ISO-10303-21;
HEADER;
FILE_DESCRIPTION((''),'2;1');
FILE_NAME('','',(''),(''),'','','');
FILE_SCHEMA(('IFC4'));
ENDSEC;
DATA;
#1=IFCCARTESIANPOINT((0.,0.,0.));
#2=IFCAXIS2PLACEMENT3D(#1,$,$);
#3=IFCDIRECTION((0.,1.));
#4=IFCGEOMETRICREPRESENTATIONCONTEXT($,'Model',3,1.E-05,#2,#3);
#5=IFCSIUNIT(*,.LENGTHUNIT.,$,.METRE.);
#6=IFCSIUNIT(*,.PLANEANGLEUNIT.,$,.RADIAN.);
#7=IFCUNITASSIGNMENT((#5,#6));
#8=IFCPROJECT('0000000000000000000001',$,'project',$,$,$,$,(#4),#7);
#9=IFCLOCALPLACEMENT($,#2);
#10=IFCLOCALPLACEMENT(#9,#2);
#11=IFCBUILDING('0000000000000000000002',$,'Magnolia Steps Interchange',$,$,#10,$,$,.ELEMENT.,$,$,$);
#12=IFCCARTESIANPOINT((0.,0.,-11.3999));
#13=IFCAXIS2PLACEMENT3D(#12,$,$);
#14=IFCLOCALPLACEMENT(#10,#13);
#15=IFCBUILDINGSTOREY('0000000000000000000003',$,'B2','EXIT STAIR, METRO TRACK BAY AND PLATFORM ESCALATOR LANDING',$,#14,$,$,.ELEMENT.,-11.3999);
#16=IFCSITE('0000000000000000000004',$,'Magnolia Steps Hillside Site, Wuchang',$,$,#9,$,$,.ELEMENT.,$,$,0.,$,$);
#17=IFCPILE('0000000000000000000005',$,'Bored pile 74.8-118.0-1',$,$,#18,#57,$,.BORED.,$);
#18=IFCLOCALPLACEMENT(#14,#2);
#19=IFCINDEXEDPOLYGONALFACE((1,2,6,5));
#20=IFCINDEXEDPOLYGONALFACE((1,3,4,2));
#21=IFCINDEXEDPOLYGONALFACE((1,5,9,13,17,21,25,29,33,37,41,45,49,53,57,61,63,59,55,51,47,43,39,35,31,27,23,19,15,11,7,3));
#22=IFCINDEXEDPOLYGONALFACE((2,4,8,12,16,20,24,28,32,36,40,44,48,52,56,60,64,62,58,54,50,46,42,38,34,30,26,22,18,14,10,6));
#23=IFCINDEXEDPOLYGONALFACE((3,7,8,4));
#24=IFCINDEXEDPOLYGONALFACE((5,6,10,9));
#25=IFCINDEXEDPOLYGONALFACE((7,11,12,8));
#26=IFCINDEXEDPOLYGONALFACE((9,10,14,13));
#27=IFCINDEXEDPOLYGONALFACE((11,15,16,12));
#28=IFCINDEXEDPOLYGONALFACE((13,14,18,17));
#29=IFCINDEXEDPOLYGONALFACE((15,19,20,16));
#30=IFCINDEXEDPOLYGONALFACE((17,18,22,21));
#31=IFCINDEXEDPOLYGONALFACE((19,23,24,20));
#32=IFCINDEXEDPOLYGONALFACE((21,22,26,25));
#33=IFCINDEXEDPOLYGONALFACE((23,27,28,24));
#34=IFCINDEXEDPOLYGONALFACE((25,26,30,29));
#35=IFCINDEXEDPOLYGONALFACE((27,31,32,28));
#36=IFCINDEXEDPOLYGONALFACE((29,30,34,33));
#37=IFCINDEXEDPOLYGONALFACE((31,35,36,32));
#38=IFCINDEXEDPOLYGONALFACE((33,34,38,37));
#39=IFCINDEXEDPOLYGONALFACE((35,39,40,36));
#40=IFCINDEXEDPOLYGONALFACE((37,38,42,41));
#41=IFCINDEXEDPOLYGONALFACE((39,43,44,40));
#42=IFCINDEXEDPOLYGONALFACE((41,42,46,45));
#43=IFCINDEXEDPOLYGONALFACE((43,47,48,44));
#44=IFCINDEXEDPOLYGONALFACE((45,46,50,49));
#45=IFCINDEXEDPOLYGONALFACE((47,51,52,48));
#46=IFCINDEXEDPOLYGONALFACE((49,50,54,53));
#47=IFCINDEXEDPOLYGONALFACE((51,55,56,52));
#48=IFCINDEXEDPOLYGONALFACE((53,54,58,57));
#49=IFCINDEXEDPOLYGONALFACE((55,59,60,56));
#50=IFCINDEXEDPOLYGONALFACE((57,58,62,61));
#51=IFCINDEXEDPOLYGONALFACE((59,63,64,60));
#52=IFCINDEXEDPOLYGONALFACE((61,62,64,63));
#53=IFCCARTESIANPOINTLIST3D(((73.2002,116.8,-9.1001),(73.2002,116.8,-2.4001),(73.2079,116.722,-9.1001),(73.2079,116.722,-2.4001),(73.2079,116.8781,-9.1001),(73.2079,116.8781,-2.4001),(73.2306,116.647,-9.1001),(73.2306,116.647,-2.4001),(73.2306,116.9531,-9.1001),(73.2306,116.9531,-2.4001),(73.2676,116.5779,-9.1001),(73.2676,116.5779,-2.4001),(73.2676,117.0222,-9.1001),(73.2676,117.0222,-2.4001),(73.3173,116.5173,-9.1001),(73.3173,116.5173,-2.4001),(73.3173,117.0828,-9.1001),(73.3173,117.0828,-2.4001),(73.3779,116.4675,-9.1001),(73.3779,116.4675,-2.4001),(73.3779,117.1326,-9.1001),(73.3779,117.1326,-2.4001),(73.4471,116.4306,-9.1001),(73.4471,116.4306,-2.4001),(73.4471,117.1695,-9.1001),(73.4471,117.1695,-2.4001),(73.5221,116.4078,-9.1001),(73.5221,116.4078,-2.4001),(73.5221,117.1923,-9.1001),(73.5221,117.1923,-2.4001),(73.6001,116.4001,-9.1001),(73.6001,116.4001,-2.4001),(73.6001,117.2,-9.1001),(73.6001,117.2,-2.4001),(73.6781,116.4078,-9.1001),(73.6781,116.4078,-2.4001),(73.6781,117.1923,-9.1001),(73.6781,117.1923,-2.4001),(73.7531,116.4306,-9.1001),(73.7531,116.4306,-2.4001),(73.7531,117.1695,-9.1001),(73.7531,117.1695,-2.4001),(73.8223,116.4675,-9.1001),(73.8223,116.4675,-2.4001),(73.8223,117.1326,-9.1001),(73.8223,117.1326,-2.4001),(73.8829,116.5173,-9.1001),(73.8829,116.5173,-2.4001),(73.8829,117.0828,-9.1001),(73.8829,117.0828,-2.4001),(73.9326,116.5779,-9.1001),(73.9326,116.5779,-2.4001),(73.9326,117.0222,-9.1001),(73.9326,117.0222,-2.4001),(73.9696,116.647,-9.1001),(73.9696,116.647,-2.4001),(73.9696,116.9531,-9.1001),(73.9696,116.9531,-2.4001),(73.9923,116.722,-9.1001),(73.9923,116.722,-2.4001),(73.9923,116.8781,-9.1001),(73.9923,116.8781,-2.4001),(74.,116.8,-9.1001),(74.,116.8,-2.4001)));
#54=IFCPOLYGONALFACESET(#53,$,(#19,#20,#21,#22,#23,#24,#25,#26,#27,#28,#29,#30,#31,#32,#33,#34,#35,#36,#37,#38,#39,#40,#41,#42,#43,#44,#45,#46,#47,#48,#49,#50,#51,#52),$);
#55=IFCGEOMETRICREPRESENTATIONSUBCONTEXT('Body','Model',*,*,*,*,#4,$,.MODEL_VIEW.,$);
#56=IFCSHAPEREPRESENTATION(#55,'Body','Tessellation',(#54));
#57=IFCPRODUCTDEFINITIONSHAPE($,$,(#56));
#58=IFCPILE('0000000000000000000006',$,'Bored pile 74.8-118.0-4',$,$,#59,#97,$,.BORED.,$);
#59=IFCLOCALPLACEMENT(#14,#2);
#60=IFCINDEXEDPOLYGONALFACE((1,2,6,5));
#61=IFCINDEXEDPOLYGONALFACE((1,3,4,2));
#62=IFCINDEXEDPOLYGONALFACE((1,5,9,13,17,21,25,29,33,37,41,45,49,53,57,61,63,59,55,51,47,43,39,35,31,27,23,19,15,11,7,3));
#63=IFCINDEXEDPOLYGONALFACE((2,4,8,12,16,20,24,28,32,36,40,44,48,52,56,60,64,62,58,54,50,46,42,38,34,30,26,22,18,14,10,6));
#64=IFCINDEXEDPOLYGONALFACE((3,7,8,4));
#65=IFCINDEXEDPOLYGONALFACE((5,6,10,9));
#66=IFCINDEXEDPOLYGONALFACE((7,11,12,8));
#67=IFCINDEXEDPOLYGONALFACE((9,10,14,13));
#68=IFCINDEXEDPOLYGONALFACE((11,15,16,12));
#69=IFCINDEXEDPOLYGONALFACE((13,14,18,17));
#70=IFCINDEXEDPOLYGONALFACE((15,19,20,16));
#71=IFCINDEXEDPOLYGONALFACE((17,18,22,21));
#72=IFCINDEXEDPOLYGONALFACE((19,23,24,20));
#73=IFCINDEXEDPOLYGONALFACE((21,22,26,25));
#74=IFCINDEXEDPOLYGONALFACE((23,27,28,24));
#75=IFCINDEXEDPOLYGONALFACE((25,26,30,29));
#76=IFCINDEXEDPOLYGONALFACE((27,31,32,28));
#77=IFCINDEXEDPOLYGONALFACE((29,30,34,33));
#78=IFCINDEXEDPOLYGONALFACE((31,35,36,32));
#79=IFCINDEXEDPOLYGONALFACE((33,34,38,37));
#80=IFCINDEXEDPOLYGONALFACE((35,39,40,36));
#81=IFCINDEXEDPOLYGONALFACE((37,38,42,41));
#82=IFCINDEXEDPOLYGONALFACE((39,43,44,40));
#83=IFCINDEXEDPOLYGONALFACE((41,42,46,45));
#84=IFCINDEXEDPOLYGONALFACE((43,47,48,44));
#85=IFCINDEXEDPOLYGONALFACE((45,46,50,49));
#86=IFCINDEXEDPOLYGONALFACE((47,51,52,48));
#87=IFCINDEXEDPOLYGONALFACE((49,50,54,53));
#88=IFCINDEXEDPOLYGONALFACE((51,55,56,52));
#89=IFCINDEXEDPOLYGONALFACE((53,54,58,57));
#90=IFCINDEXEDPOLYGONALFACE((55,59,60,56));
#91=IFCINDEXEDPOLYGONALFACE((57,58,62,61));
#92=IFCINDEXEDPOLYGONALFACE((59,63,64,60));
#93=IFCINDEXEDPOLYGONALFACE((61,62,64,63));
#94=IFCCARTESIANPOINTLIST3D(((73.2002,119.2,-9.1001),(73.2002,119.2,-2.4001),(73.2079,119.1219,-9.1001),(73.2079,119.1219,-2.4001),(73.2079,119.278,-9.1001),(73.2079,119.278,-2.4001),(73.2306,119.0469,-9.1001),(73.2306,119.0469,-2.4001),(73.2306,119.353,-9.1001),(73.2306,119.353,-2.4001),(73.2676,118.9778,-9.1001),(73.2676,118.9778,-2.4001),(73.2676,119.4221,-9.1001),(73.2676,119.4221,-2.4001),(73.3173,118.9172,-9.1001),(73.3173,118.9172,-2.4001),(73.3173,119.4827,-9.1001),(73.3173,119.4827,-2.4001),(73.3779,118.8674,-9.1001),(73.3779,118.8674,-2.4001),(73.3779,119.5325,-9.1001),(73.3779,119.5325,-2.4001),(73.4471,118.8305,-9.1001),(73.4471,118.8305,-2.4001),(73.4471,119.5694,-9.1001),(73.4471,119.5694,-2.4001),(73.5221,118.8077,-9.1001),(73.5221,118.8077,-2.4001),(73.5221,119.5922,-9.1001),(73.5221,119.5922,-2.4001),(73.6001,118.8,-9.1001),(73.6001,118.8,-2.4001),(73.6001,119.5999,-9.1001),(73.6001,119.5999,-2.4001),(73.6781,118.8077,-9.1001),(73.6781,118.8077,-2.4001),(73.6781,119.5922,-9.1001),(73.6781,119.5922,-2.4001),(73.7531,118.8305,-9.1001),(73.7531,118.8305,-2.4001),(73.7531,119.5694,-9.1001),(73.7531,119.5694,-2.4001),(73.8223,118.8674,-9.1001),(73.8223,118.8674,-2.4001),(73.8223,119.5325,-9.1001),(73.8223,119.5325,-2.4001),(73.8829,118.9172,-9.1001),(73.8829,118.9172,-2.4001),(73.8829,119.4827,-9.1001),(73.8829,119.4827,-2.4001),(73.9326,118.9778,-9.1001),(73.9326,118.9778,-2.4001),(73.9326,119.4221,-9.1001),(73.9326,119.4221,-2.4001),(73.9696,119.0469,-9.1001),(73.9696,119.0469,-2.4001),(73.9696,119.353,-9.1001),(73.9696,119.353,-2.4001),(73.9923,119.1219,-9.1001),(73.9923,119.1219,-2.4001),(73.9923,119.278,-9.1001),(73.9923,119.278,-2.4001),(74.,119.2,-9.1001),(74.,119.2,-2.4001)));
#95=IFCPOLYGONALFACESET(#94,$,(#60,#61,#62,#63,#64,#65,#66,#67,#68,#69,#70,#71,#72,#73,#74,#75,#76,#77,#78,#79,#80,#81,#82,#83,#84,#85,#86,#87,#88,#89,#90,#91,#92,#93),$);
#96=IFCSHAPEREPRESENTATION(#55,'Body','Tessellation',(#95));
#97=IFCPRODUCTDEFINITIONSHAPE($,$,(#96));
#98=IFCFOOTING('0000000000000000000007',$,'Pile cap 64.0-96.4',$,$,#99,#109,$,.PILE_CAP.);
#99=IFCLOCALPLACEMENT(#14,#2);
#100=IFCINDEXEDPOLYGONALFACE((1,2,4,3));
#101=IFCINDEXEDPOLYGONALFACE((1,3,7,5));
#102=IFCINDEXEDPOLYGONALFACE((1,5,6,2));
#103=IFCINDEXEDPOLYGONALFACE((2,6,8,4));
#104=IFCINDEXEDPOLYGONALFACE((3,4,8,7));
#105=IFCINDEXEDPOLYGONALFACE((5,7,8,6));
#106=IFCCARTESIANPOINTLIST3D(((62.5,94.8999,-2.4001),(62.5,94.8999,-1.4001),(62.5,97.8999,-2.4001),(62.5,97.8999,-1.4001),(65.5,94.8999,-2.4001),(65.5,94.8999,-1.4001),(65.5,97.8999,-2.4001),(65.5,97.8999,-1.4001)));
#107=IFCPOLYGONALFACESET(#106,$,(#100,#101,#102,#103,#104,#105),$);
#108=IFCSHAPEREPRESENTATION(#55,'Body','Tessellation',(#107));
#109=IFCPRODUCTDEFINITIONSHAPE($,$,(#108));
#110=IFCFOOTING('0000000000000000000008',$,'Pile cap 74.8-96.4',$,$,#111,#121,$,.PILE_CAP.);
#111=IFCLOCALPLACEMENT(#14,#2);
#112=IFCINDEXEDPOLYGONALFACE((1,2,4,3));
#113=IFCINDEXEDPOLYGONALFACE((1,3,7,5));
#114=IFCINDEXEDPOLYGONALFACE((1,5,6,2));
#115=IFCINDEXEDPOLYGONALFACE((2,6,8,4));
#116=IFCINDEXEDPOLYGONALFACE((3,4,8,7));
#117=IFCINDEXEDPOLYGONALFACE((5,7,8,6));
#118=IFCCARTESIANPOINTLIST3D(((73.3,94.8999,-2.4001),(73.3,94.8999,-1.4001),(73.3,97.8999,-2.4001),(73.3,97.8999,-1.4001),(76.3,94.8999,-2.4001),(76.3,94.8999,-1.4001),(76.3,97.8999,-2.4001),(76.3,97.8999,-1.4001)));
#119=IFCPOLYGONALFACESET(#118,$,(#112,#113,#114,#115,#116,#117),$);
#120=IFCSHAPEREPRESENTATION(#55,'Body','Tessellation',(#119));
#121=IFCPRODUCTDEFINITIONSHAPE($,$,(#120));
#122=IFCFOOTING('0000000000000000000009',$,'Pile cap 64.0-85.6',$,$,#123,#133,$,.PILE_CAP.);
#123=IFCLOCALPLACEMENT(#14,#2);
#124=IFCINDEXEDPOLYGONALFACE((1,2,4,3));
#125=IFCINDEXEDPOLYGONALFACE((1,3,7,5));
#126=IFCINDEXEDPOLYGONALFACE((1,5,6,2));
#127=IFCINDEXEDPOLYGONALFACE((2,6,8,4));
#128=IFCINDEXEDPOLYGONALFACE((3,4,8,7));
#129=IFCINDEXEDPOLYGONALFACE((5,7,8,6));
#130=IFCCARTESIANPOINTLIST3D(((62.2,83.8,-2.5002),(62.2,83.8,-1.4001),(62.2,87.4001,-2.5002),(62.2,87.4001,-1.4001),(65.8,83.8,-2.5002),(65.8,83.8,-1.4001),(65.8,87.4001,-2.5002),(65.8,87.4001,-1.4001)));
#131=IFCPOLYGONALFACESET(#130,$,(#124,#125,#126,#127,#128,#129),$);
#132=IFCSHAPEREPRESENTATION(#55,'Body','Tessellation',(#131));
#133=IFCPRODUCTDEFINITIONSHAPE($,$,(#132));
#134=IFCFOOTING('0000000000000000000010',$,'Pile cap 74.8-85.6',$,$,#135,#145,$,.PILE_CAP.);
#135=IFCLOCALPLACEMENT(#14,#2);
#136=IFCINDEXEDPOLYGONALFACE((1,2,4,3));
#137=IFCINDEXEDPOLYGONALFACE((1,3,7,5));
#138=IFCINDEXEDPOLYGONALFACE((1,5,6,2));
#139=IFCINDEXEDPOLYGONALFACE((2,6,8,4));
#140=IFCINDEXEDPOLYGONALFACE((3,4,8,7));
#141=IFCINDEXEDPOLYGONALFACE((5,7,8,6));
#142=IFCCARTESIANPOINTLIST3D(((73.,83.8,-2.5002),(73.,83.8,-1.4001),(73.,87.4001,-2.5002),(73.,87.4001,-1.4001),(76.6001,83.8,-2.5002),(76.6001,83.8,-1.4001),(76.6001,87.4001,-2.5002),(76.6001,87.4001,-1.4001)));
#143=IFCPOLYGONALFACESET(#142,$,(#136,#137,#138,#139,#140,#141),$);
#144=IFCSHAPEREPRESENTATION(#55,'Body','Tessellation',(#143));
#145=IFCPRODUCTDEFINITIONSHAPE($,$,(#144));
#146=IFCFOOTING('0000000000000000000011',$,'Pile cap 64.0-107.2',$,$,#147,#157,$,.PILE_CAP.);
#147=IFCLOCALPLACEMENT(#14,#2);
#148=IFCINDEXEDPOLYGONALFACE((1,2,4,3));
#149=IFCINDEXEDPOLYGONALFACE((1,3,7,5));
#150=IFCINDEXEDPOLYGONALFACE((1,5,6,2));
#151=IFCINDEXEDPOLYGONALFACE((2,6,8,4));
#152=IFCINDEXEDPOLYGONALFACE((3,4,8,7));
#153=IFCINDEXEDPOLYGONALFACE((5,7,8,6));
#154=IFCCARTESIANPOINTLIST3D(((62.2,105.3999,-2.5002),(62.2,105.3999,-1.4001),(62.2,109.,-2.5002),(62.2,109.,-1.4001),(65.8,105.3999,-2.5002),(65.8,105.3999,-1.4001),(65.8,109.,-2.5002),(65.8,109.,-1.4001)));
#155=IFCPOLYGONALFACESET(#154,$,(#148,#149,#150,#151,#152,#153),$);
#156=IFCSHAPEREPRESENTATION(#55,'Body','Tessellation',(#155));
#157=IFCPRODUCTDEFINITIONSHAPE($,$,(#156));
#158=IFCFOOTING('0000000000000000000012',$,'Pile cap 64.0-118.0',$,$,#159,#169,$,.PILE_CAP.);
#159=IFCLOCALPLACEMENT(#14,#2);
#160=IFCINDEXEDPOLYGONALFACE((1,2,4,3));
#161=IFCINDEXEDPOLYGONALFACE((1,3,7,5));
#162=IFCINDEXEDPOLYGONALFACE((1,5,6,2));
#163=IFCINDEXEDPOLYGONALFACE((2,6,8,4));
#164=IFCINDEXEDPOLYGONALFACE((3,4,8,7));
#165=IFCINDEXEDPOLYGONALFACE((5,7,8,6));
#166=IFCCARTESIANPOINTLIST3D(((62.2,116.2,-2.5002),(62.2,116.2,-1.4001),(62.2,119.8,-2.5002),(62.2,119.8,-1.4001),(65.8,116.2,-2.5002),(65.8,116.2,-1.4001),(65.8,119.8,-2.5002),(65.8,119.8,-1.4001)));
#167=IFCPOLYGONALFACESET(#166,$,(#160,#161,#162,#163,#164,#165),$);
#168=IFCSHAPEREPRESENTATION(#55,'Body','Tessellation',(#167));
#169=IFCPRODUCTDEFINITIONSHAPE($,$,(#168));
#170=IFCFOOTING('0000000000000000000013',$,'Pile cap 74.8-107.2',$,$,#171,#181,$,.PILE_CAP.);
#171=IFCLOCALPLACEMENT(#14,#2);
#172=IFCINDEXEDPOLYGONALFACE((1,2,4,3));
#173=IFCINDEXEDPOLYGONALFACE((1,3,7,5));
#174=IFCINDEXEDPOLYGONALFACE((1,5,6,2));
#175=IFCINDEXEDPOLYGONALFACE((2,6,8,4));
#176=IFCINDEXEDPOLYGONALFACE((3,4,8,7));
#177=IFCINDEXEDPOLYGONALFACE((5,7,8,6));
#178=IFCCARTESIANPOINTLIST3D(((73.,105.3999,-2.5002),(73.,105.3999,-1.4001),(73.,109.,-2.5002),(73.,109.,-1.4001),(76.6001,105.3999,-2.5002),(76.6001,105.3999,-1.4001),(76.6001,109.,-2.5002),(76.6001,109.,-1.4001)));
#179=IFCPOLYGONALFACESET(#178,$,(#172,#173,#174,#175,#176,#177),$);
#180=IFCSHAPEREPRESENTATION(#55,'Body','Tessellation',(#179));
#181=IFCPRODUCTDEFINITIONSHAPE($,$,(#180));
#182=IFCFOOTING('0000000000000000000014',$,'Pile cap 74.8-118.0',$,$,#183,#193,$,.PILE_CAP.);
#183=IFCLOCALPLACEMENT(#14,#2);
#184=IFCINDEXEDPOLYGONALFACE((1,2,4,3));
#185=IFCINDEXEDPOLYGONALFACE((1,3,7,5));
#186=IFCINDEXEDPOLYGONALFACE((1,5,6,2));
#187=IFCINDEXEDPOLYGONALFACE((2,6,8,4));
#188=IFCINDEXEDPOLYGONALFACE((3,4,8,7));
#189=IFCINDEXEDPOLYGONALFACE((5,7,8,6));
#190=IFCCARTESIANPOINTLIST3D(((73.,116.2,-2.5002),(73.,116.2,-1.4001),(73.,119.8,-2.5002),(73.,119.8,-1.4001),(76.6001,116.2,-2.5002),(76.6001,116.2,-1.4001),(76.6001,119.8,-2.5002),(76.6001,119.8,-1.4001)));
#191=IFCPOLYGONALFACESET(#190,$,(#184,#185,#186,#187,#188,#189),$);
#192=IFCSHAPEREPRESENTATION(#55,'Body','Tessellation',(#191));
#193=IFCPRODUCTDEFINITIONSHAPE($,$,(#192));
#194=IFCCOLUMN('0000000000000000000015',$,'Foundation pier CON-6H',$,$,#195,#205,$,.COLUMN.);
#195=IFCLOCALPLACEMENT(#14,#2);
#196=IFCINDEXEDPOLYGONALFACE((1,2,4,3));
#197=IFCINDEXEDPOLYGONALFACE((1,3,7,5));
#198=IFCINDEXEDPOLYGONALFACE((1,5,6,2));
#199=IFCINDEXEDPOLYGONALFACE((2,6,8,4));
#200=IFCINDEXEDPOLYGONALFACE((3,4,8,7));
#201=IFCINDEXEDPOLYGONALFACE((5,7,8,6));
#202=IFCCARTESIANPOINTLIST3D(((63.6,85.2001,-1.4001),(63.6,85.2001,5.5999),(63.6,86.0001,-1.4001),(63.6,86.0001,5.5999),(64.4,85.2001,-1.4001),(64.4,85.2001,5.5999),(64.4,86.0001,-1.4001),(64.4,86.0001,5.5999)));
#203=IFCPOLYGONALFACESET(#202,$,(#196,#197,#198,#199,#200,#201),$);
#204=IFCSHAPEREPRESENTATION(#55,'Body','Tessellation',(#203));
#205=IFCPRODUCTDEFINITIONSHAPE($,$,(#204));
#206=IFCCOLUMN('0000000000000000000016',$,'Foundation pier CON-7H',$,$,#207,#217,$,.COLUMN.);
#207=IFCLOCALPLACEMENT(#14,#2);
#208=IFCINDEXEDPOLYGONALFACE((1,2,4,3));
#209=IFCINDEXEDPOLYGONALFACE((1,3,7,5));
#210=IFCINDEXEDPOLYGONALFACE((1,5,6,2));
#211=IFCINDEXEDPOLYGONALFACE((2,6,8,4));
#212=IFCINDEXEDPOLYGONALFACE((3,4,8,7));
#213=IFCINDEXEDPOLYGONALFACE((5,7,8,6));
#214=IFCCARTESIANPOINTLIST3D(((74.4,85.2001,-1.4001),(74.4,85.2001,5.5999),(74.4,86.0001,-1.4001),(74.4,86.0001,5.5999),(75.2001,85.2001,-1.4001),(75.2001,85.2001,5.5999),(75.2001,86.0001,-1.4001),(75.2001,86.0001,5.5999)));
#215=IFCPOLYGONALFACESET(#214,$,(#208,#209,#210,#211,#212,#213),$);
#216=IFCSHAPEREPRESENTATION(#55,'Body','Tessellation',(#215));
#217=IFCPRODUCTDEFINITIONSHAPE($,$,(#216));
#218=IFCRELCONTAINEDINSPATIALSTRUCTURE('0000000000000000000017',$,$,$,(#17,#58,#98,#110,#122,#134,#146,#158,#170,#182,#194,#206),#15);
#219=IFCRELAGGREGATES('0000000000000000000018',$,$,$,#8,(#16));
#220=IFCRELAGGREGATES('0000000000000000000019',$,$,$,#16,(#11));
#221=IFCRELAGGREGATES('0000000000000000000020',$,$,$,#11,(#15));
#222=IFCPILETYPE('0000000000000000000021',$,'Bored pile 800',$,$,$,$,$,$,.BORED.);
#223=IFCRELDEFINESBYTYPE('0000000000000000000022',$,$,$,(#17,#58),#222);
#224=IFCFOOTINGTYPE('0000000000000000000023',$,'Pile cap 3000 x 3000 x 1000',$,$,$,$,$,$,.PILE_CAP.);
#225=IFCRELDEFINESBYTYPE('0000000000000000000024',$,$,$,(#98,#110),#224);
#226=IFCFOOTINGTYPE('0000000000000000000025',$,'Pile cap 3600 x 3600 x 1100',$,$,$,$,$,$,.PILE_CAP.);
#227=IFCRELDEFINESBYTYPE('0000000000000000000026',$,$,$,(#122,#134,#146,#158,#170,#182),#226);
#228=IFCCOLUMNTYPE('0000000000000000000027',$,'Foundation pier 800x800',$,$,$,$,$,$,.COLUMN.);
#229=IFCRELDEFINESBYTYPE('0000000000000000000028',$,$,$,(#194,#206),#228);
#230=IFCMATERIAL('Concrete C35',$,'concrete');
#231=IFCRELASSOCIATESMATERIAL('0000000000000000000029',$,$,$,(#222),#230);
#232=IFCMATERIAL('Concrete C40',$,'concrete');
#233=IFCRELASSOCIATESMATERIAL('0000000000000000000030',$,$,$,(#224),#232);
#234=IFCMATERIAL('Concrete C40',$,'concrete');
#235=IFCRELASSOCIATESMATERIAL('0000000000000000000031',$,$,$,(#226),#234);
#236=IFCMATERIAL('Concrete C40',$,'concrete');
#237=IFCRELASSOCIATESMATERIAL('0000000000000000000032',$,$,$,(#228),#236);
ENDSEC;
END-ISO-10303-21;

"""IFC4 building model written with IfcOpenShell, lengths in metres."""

from ifc_helpers import new_model, si_unit, direction, frame, origin, origin_2d, place, context, subcontext, project, spatial, rectangle, circle, extrude, material, material_profile, profile_set, type_object, element, save


model = new_model("IFC4")

# Units and contexts
model_context = context("Model", 3, precision=1e-05, world=origin(), true_north=direction((0.0, 1.0)))
body_context = subcontext(model_context, "Body", "Model", "MODEL_VIEW")
ifc_project = project(units=[si_unit("LENGTHUNIT", "METRE"), si_unit("PLANEANGLEUNIT", "RADIAN")], contexts=[model_context])

# Site, building, storey
site_placement = place(None, origin())
site = spatial("IfcSite", under=ifc_project, at=site_placement, Name="Magnolia Steps Hillside Site, Wuchang", CompositionType="ELEMENT", RefElevation=0.0)
building_placement = place(site_placement, origin())
building = spatial("IfcBuilding", under=site, at=building_placement, Name="Magnolia Steps Interchange", CompositionType="ELEMENT")
storey_placement = place(building_placement, frame((0.0, 0.0, -11.3999)))
storey = spatial("IfcBuildingStorey", under=building, at=storey_placement, Name="B2", Description="EXIT STAIR, METRO TRACK BAY AND PLATFORM ESCALATOR LANDING", CompositionType="ELEMENT", Elevation=-11.3999)

# Piles
ifc_material_1 = material(Name="Concrete C35", Category="concrete")
ifc_material_profile_1 = material_profile(ifc_material_1, circle(Radius=0.3999, at=origin_2d()), Name="Bored pile 800")
ifc_profile_set_1 = profile_set([ifc_material_profile_1], Name="Concrete C35")
pile_type_1 = type_object("IfcPileType", Name="Bored pile 800", PredefinedType="BORED", material=ifc_profile_set_1)
for number, where, z_axis, x_axis, name in (
    (1, (73.6001, 116.8, -2.4001), (0.0, 0.0, -1.0), (1.0, 0.0, 0.0), "Bored pile 74.8-118.0-1"),
    (2, (73.6001, 119.2, -2.4001), (0.0, 0.0, -1.0), (1.0, 0.0, 0.0), "Bored pile 74.8-118.0-4"),
):
    element("IfcPile", number, at=place(storey_placement, frame(where, z_axis=z_axis, x_axis=x_axis)), inside=storey, type_object=pile_type_1, Name=name, PredefinedType="BORED", context=body_context, shape_type="SweptSolid", body=[
        extrude(circle(Radius=0.3999, at=origin_2d()), origin(), (0.0, 0.0, 1.0), 6.7),
    ])

# Footings
ifc_material_2 = material(Name="Concrete C40", Category="concrete")
footing_type_1 = type_object("IfcFootingType", Name="Pile cap 3000 x 3000 x 1000", PredefinedType="PILE_CAP", material=ifc_material_2)
for number, where, z_axis, x_axis, name in (
    (3, (64.0, 96.3999, -2.4001), (0.0, 0.0, 1.0), (1.0, 0.0, 0.0), "Pile cap 64.0-96.4"),
    (4, (74.8, 96.3999, -2.4001), (0.0, 0.0, 1.0), (1.0, 0.0, 0.0), "Pile cap 74.8-96.4"),
):
    element("IfcFooting", number, at=place(storey_placement, frame(where, z_axis=z_axis, x_axis=x_axis)), inside=storey, type_object=footing_type_1, Name=name, PredefinedType="PILE_CAP", context=body_context, shape_type="SweptSolid", body=[
        extrude(rectangle(XDim=3.0, YDim=3.0, at=origin_2d()), origin(), (0.0, 0.0, 1.0), 1.0),
    ])
ifc_material_3 = material(Name="Concrete C40", Category="concrete")
footing_type_2 = type_object("IfcFootingType", Name="Pile cap 3600 x 3600 x 1100", PredefinedType="PILE_CAP", material=ifc_material_3)
for number, where, z_axis, x_axis, name in (
    (5, (64.0, 85.6001, -2.5002), (0.0, 0.0, 1.0), (1.0, 0.0, 0.0), "Pile cap 64.0-85.6"),
    (6, (74.8, 85.6001, -2.5002), (0.0, 0.0, 1.0), (1.0, 0.0, 0.0), "Pile cap 74.8-85.6"),
    (7, (64.0, 107.2, -2.5002), (0.0, 0.0, 1.0), (1.0, 0.0, 0.0), "Pile cap 64.0-107.2"),
    (8, (64.0, 118.0, -2.5002), (0.0, 0.0, 1.0), (1.0, 0.0, 0.0), "Pile cap 64.0-118.0"),
    (9, (74.8, 107.2, -2.5002), (0.0, 0.0, 1.0), (1.0, 0.0, 0.0), "Pile cap 74.8-107.2"),
    (10, (74.8, 118.0, -2.5002), (0.0, 0.0, 1.0), (1.0, 0.0, 0.0), "Pile cap 74.8-118.0"),
):
    element("IfcFooting", number, at=place(storey_placement, frame(where, z_axis=z_axis, x_axis=x_axis)), inside=storey, type_object=footing_type_2, Name=name, PredefinedType="PILE_CAP", context=body_context, shape_type="SweptSolid", body=[
        extrude(rectangle(XDim=3.6001, YDim=3.6001, at=origin_2d()), origin(), (0.0, 0.0, 1.0), 1.1001),
    ])

# Columns
ifc_material_4 = material(Name="Concrete C40", Category="concrete")
ifc_material_profile_2 = material_profile(ifc_material_4, rectangle(XDim=0.8, YDim=0.8, at=origin_2d()), Name="RC800x800")
ifc_profile_set_2 = profile_set([ifc_material_profile_2], Name="Concrete C40")
column_type = type_object("IfcColumnType", Name="Foundation pier 800x800", PredefinedType="COLUMN", material=ifc_profile_set_2)
for number, where, z_axis, x_axis, name in (
    (11, (64.0, 85.6001, -1.4001), (0.0, 0.0, 1.0), (1.0, 0.0, 0.0), "Foundation pier CON-6H"),
    (12, (74.8, 85.6001, -1.4001), (0.0, 0.0, 1.0), (1.0, 0.0, 0.0), "Foundation pier CON-7H"),
):
    element("IfcColumn", number, at=place(storey_placement, frame(where, z_axis=z_axis, x_axis=x_axis)), inside=storey, type_object=column_type, Name=name, PredefinedType="COLUMN", context=body_context, shape_type="SweptSolid", body=[
        extrude(rectangle(XDim=0.8, YDim=0.8, at=origin_2d()), origin(), (0.0, 0.0, 1.0), 7.0),
    ])

save(model, "model.ifc")
